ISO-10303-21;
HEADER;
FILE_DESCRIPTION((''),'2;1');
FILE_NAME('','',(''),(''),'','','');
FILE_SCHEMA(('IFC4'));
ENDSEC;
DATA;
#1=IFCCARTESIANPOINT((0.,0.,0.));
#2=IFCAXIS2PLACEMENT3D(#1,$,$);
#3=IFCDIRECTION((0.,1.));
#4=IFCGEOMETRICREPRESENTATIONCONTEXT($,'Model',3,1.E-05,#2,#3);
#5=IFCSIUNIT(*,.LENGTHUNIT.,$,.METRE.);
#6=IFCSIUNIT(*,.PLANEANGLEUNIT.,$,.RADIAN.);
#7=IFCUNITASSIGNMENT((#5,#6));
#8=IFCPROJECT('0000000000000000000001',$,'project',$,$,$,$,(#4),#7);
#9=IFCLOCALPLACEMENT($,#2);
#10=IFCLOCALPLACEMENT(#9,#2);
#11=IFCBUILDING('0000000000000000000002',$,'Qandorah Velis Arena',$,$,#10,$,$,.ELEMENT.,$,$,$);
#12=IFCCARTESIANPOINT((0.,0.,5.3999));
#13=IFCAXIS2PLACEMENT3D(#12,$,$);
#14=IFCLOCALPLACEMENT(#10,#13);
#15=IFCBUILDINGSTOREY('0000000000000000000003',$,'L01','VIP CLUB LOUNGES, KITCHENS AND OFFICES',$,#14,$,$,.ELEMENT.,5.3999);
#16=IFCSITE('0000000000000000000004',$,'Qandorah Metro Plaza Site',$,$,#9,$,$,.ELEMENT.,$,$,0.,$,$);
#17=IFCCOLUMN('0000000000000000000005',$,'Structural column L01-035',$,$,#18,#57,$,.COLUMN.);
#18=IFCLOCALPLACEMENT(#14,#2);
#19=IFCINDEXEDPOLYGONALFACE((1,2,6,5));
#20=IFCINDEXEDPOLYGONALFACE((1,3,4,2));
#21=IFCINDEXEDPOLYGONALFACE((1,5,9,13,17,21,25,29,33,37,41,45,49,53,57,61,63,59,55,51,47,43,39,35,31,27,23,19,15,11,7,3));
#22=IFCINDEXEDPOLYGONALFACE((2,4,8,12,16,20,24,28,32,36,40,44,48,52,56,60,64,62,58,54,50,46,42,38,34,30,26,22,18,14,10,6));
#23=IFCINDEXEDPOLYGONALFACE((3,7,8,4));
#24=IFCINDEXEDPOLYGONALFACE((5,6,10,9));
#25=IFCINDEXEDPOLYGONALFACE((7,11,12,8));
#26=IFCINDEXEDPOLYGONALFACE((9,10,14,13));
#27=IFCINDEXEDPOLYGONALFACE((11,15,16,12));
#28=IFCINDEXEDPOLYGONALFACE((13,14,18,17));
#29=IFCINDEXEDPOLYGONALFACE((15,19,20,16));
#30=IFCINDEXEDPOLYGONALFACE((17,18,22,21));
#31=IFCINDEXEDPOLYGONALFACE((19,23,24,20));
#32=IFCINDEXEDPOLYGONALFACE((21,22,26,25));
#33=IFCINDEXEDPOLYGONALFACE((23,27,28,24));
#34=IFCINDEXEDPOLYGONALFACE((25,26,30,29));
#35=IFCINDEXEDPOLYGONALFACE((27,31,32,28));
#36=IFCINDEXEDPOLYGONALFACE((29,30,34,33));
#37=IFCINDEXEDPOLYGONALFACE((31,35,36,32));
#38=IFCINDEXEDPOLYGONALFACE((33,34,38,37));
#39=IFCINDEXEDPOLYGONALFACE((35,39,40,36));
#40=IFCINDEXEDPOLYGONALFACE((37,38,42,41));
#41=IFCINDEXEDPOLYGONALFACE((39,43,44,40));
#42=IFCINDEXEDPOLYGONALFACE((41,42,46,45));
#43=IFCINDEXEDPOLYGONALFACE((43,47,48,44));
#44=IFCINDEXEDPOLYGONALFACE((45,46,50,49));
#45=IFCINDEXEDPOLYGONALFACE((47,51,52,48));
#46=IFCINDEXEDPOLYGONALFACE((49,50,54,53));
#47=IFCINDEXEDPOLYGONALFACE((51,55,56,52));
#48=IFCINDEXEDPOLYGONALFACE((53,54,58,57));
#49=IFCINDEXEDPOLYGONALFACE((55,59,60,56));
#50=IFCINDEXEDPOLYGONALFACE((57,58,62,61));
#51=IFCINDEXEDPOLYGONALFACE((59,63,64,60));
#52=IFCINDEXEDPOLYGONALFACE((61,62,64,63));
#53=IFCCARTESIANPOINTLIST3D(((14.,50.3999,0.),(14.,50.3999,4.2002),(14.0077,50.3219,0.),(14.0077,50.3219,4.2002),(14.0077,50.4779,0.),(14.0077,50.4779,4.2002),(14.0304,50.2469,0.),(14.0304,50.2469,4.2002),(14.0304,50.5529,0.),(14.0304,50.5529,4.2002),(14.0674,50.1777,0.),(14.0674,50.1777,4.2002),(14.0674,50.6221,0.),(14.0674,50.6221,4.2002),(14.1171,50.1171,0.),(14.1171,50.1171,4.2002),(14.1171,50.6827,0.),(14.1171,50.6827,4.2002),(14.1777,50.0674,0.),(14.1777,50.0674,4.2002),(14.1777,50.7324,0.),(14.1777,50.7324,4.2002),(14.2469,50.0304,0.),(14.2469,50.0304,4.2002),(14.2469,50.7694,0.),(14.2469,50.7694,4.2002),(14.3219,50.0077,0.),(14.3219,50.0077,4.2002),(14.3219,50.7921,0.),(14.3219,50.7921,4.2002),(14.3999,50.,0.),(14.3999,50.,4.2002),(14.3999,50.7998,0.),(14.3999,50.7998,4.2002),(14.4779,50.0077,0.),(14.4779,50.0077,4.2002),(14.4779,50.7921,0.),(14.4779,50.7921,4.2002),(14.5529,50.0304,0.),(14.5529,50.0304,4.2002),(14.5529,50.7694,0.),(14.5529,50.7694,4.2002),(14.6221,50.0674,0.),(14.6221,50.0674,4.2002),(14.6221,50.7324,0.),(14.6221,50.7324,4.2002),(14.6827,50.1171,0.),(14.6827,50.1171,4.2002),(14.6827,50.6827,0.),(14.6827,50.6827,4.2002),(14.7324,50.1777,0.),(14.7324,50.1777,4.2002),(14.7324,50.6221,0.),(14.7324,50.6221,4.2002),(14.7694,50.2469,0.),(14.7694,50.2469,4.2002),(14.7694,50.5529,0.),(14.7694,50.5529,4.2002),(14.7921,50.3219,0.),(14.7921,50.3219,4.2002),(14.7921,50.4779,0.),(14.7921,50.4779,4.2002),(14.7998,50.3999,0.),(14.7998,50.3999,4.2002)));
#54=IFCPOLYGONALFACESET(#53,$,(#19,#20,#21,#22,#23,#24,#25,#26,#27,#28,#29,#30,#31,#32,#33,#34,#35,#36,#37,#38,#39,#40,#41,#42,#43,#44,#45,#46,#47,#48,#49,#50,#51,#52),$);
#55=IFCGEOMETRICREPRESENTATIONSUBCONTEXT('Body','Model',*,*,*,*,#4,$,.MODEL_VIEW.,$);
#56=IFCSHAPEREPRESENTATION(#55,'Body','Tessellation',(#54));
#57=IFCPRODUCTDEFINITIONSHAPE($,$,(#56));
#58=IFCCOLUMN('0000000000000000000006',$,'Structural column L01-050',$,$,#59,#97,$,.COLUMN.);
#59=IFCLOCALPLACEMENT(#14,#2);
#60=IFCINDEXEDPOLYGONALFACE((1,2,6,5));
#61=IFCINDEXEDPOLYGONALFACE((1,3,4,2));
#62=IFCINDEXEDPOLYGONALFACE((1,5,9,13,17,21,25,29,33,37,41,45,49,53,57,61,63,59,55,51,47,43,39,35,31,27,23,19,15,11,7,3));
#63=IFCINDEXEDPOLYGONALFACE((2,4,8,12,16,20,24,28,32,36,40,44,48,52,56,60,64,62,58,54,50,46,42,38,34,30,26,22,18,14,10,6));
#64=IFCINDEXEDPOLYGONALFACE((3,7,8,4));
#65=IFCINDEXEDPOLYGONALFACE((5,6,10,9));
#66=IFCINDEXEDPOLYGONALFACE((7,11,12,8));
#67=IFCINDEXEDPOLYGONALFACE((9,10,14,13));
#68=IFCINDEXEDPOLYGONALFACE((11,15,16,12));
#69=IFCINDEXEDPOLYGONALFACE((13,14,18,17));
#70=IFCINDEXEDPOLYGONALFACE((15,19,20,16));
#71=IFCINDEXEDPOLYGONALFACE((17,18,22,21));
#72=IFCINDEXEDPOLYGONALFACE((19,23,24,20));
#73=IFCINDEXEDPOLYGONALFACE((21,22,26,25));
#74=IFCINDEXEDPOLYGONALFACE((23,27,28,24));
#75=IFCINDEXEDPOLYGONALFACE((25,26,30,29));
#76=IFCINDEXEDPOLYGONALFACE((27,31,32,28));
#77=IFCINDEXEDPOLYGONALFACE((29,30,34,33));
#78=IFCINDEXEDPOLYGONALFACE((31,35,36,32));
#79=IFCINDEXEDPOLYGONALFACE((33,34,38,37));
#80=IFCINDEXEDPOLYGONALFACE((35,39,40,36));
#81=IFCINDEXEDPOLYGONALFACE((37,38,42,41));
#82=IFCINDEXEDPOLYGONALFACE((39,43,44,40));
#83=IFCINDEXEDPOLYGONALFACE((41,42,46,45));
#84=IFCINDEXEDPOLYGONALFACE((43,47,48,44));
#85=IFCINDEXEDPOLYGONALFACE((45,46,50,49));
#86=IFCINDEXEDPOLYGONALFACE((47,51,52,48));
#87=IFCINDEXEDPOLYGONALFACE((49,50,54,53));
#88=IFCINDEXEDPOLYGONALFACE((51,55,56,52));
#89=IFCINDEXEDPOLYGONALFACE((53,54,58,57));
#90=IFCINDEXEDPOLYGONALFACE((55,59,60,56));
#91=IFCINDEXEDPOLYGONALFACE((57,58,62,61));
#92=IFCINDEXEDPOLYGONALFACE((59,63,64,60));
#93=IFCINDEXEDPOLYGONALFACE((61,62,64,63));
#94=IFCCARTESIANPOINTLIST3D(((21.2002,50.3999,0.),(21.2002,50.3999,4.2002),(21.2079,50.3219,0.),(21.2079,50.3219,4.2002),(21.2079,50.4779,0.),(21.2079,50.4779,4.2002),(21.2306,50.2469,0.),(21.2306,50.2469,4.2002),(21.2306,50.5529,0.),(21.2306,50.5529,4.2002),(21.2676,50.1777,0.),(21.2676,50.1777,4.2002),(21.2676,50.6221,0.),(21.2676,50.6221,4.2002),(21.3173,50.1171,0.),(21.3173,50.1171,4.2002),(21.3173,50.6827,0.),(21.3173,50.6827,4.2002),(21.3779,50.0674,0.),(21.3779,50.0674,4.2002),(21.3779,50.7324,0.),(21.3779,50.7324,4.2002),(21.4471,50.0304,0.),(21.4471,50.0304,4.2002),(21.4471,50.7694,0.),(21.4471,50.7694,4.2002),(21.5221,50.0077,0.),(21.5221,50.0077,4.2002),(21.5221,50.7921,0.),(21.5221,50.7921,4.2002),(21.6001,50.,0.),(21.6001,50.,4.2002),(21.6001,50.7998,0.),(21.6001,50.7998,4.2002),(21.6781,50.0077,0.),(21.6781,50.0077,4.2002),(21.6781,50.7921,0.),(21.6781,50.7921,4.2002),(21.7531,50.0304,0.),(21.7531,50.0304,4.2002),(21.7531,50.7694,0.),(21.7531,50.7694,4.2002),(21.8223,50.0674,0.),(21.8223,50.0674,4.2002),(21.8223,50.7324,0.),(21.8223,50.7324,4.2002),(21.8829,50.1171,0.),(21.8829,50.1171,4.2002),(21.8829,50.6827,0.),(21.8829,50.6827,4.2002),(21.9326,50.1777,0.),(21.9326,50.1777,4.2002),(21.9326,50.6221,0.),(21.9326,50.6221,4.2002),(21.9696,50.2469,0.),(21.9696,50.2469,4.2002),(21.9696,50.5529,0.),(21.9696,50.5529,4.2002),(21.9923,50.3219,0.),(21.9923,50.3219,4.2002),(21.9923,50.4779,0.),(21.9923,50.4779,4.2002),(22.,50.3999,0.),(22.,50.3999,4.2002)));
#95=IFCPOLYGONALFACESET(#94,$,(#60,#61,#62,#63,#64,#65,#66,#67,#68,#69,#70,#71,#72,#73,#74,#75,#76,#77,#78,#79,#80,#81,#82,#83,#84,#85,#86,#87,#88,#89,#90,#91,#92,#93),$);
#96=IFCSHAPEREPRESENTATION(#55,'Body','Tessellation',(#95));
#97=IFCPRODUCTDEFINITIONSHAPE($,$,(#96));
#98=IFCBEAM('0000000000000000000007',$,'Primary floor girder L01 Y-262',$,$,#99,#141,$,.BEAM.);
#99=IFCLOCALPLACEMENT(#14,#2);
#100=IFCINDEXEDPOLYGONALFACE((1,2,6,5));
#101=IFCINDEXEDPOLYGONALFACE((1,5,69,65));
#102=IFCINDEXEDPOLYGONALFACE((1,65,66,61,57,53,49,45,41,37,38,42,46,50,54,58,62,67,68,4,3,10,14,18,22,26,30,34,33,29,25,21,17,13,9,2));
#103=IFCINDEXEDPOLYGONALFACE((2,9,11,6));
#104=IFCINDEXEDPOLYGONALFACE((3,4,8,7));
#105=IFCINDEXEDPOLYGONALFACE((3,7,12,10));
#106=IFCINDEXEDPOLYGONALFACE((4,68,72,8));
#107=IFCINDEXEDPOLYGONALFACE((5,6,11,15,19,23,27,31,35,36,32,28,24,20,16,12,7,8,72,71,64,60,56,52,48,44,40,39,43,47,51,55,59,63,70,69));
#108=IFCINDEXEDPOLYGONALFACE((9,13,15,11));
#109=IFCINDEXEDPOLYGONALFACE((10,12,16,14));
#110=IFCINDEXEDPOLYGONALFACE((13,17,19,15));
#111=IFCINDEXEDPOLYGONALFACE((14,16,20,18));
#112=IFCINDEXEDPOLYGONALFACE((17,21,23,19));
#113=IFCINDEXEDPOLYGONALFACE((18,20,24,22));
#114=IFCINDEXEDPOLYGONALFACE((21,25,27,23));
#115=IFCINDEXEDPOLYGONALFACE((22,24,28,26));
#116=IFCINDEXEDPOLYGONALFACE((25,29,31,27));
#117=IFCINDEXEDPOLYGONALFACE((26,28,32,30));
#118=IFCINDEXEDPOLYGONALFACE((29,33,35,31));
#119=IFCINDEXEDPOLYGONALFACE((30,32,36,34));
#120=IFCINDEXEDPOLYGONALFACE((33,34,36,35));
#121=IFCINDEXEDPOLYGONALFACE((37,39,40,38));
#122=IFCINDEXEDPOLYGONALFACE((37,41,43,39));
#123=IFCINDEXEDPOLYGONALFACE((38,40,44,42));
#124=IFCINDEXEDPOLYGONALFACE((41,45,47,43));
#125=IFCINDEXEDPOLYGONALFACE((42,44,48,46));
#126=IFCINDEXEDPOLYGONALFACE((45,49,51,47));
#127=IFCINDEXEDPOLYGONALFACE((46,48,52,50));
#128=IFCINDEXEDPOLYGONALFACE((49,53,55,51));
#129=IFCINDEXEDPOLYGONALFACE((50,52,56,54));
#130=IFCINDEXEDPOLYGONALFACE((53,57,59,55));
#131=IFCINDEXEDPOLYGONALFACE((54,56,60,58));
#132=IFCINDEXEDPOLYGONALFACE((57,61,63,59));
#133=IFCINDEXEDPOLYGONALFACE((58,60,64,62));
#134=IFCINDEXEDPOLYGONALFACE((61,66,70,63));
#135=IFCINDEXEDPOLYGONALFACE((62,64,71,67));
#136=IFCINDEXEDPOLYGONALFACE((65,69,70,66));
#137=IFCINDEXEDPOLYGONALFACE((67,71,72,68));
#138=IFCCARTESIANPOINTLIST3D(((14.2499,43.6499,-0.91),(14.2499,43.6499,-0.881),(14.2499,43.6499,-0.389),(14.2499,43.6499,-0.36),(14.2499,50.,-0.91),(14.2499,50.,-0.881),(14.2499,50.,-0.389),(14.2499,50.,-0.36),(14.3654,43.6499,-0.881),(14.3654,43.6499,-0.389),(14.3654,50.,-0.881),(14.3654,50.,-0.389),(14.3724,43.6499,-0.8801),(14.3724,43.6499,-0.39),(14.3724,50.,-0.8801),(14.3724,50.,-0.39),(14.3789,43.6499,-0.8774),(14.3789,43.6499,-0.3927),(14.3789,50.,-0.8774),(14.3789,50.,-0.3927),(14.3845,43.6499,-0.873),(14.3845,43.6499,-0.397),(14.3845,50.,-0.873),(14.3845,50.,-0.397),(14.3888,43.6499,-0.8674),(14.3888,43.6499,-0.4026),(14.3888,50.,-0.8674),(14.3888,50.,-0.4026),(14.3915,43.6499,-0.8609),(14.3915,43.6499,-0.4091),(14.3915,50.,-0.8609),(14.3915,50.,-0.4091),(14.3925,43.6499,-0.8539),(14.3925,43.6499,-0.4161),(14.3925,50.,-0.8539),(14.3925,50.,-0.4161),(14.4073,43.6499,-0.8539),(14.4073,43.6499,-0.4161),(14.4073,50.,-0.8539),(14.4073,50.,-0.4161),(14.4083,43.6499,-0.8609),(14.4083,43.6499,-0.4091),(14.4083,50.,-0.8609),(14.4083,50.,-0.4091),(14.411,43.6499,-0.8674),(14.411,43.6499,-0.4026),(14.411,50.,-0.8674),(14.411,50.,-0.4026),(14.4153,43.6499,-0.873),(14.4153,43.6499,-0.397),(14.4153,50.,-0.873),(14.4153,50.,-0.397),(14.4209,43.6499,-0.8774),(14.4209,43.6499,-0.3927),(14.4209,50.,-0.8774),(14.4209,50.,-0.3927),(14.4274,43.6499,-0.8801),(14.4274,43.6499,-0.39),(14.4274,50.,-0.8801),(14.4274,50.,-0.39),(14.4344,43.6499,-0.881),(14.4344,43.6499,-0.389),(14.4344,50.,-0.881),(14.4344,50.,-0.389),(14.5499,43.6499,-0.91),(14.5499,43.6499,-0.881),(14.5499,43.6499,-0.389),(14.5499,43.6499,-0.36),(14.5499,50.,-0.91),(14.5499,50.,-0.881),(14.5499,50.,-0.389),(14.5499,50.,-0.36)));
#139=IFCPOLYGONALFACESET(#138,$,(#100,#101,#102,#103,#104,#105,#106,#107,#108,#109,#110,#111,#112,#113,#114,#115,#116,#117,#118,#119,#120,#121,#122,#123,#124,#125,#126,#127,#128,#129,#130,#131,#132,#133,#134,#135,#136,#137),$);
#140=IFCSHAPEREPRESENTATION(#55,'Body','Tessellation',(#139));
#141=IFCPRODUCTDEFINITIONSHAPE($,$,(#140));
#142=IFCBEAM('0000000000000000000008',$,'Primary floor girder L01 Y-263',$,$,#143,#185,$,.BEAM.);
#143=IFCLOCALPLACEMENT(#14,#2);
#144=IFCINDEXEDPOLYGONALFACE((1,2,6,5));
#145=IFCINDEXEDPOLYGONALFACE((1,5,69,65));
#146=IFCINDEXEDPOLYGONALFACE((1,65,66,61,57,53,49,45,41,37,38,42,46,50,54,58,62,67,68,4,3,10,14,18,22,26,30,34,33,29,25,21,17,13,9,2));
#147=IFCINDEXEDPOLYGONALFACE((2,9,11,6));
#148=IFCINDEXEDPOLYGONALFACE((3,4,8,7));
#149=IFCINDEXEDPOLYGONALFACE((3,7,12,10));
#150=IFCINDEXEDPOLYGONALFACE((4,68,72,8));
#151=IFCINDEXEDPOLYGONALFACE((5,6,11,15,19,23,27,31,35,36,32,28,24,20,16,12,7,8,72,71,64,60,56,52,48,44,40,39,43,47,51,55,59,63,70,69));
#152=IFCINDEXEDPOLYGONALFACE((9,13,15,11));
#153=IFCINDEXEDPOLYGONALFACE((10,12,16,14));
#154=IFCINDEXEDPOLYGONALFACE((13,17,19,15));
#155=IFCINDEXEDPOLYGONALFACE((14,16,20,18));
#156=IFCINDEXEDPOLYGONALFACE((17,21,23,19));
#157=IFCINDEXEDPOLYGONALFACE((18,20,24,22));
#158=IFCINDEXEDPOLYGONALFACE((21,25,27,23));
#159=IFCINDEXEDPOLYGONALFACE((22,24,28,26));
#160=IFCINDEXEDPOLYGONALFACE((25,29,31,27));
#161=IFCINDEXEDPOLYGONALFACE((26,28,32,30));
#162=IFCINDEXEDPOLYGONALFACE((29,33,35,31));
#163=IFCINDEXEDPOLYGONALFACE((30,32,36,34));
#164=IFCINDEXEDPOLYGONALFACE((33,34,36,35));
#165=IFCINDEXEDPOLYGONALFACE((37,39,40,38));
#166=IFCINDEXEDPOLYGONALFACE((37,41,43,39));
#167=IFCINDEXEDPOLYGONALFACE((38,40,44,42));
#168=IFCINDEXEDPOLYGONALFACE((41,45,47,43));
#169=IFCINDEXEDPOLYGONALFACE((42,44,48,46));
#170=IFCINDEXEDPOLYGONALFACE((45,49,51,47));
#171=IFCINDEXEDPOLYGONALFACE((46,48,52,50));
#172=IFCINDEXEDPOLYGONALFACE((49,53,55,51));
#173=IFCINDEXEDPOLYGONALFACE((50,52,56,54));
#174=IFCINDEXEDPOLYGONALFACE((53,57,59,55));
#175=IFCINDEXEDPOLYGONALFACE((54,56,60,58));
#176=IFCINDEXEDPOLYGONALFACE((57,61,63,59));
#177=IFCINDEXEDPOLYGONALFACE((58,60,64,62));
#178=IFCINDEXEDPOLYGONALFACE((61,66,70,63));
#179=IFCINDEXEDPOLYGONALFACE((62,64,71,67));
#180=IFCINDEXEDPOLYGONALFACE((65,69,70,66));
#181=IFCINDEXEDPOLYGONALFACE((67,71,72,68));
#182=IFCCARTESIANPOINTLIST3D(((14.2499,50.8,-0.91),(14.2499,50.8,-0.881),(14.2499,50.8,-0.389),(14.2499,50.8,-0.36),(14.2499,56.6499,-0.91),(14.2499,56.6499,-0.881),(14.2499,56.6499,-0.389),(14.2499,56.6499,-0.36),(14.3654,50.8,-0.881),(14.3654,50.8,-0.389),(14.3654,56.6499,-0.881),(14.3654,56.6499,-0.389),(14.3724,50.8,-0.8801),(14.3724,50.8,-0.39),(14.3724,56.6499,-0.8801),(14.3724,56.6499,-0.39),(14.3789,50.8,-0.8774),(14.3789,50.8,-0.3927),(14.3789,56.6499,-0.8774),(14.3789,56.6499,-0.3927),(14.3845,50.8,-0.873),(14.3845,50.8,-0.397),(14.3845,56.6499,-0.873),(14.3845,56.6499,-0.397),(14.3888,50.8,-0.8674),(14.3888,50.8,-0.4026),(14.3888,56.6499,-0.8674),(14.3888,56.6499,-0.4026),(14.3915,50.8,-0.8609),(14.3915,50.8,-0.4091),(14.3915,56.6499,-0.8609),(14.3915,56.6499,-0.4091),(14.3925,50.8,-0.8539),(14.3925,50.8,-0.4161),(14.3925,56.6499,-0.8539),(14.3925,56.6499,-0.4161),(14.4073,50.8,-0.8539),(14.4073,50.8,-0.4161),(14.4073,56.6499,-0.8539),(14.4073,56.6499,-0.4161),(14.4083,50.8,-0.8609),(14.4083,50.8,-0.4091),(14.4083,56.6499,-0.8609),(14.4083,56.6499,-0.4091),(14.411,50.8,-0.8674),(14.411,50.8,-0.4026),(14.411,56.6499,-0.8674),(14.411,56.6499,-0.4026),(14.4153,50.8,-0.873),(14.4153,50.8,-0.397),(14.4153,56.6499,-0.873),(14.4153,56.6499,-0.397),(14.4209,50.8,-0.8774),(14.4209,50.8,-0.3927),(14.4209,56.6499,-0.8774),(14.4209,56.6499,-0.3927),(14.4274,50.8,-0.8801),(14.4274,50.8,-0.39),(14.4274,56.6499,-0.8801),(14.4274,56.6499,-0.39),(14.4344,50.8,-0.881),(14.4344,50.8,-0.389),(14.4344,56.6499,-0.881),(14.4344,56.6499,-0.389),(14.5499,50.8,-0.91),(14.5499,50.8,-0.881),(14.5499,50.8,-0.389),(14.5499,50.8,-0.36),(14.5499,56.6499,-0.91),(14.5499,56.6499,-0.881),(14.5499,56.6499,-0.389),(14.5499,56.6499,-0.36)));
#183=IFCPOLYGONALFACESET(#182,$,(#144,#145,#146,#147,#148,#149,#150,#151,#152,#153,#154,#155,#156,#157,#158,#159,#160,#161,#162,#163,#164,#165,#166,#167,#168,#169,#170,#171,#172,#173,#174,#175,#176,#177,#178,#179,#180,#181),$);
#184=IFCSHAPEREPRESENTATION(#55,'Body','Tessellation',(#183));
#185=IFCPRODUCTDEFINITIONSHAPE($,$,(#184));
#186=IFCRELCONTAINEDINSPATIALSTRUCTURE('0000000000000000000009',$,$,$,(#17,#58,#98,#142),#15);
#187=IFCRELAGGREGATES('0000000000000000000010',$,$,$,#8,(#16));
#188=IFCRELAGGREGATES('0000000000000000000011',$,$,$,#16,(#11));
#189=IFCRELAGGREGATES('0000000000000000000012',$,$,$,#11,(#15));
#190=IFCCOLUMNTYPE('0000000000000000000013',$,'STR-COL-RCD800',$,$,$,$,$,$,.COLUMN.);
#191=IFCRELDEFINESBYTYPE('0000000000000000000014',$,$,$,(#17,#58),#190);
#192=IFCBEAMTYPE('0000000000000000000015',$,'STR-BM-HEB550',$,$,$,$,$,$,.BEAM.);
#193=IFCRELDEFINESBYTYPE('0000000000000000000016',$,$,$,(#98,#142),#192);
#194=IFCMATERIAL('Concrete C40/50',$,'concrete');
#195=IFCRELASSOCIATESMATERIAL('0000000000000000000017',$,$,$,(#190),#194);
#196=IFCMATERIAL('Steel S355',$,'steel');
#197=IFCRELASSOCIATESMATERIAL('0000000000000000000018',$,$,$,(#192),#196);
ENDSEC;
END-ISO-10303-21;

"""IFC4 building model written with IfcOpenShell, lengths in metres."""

from ifc_helpers import new_model, si_unit, direction, frame, origin, origin_2d, place, context, subcontext, project, spatial, circle, i_section, extrude, material, material_profile, profile_set, type_object, element, save


model = new_model("IFC4")

# Units and contexts
model_context = context("Model", 3, precision=1e-05, world=origin(), true_north=direction((0.0, 1.0)))
body_context = subcontext(model_context, "Body", "Model", "MODEL_VIEW")
ifc_project = project(units=[si_unit("LENGTHUNIT", "METRE"), si_unit("PLANEANGLEUNIT", "RADIAN")], contexts=[model_context])

# Site, building, storey
site_placement = place(None, origin())
site = spatial("IfcSite", under=ifc_project, at=site_placement, Name="Qandorah Metro Plaza Site", CompositionType="ELEMENT", RefElevation=0.0)
building_placement = place(site_placement, origin())
building = spatial("IfcBuilding", under=site, at=building_placement, Name="Qandorah Velis Arena", CompositionType="ELEMENT")
storey_placement = place(building_placement, frame((0.0, 0.0, 5.3999)))
storey = spatial("IfcBuildingStorey", under=building, at=storey_placement, Name="L01", Description="VIP CLUB LOUNGES, KITCHENS AND OFFICES", CompositionType="ELEMENT", Elevation=5.3999)

# Columns
ifc_material_1 = material(Name="Concrete C40/50", Category="concrete")
ifc_material_profile_1 = material_profile(ifc_material_1, circle(Radius=0.3999, at=origin_2d()), Name="RC D800")
ifc_profile_set_1 = profile_set([ifc_material_profile_1], Name="Concrete C40/50")
column_type_1 = type_object("IfcColumnType", Name="STR-COL-RCD800", PredefinedType="COLUMN", material=ifc_profile_set_1)
for number, where, z_axis, x_axis, name in (
    (1, (14.3999, 50.3999, 0.0), (0.0, 0.0, 1.0), (1.0, 0.0, 0.0), "Structural column L01-035"),
    (2, (21.6001, 50.3999, 0.0), (0.0, 0.0, 1.0), (1.0, 0.0, 0.0), "Structural column L01-050"),
):
    element("IfcColumn", number, at=place(storey_placement, frame(where, z_axis=z_axis, x_axis=x_axis)), inside=storey, type_object=column_type_1, Name=name, PredefinedType="COLUMN", context=body_context, shape_type="SweptSolid", body=[
        extrude(circle(Radius=0.3999, at=origin_2d()), origin(), (0.0, 0.0, 1.0), 4.2002),
    ])

# Beams
ifc_material_2 = material(Name="Steel S355", Category="steel")
ifc_material_profile_2 = material_profile(ifc_material_2, i_section(OverallWidth=0.3, OverallDepth=0.55, WebThickness=0.0149, FlangeThickness=0.0291, FilletRadius=0.0271, at=origin_2d()), Name="HEB 550")
ifc_profile_set_2 = profile_set([ifc_material_profile_2], Name="Steel S355")
beam_type_1 = type_object("IfcBeamType", Name="STR-BM-HEB550", PredefinedType="BEAM", material=ifc_profile_set_2)
beam_1_placement = place(storey_placement, frame((14.3999, 43.6499, -0.635), z_axis=(0.0, 1.0, 0.0), x_axis=(-1.0, 0.0, 0.0)))
element("IfcBeam", 3, at=beam_1_placement, inside=storey, type_object=beam_type_1, Name="Primary floor girder L01 Y-262", PredefinedType="BEAM", context=body_context, shape_type="SweptSolid", body=[
    extrude(i_section(OverallWidth=0.3, OverallDepth=0.55, WebThickness=0.0149, FlangeThickness=0.0291, FilletRadius=0.0271, at=origin_2d()), origin(), (0.0, 0.0, 1.0), 6.3501),
])
beam_2_placement = place(storey_placement, frame((14.3999, 50.8, -0.635), z_axis=(0.0, 1.0, 0.0), x_axis=(-1.0, 0.0, 0.0)))
element("IfcBeam", 4, at=beam_2_placement, inside=storey, type_object=beam_type_1, Name="Primary floor girder L01 Y-263", PredefinedType="BEAM", context=body_context, shape_type="SweptSolid", body=[
    extrude(i_section(OverallWidth=0.3, OverallDepth=0.55, WebThickness=0.0149, FlangeThickness=0.0291, FilletRadius=0.0271, at=origin_2d()), origin(), (0.0, 0.0, 1.0), 5.8499),
])

save(model, "model.ifc")
